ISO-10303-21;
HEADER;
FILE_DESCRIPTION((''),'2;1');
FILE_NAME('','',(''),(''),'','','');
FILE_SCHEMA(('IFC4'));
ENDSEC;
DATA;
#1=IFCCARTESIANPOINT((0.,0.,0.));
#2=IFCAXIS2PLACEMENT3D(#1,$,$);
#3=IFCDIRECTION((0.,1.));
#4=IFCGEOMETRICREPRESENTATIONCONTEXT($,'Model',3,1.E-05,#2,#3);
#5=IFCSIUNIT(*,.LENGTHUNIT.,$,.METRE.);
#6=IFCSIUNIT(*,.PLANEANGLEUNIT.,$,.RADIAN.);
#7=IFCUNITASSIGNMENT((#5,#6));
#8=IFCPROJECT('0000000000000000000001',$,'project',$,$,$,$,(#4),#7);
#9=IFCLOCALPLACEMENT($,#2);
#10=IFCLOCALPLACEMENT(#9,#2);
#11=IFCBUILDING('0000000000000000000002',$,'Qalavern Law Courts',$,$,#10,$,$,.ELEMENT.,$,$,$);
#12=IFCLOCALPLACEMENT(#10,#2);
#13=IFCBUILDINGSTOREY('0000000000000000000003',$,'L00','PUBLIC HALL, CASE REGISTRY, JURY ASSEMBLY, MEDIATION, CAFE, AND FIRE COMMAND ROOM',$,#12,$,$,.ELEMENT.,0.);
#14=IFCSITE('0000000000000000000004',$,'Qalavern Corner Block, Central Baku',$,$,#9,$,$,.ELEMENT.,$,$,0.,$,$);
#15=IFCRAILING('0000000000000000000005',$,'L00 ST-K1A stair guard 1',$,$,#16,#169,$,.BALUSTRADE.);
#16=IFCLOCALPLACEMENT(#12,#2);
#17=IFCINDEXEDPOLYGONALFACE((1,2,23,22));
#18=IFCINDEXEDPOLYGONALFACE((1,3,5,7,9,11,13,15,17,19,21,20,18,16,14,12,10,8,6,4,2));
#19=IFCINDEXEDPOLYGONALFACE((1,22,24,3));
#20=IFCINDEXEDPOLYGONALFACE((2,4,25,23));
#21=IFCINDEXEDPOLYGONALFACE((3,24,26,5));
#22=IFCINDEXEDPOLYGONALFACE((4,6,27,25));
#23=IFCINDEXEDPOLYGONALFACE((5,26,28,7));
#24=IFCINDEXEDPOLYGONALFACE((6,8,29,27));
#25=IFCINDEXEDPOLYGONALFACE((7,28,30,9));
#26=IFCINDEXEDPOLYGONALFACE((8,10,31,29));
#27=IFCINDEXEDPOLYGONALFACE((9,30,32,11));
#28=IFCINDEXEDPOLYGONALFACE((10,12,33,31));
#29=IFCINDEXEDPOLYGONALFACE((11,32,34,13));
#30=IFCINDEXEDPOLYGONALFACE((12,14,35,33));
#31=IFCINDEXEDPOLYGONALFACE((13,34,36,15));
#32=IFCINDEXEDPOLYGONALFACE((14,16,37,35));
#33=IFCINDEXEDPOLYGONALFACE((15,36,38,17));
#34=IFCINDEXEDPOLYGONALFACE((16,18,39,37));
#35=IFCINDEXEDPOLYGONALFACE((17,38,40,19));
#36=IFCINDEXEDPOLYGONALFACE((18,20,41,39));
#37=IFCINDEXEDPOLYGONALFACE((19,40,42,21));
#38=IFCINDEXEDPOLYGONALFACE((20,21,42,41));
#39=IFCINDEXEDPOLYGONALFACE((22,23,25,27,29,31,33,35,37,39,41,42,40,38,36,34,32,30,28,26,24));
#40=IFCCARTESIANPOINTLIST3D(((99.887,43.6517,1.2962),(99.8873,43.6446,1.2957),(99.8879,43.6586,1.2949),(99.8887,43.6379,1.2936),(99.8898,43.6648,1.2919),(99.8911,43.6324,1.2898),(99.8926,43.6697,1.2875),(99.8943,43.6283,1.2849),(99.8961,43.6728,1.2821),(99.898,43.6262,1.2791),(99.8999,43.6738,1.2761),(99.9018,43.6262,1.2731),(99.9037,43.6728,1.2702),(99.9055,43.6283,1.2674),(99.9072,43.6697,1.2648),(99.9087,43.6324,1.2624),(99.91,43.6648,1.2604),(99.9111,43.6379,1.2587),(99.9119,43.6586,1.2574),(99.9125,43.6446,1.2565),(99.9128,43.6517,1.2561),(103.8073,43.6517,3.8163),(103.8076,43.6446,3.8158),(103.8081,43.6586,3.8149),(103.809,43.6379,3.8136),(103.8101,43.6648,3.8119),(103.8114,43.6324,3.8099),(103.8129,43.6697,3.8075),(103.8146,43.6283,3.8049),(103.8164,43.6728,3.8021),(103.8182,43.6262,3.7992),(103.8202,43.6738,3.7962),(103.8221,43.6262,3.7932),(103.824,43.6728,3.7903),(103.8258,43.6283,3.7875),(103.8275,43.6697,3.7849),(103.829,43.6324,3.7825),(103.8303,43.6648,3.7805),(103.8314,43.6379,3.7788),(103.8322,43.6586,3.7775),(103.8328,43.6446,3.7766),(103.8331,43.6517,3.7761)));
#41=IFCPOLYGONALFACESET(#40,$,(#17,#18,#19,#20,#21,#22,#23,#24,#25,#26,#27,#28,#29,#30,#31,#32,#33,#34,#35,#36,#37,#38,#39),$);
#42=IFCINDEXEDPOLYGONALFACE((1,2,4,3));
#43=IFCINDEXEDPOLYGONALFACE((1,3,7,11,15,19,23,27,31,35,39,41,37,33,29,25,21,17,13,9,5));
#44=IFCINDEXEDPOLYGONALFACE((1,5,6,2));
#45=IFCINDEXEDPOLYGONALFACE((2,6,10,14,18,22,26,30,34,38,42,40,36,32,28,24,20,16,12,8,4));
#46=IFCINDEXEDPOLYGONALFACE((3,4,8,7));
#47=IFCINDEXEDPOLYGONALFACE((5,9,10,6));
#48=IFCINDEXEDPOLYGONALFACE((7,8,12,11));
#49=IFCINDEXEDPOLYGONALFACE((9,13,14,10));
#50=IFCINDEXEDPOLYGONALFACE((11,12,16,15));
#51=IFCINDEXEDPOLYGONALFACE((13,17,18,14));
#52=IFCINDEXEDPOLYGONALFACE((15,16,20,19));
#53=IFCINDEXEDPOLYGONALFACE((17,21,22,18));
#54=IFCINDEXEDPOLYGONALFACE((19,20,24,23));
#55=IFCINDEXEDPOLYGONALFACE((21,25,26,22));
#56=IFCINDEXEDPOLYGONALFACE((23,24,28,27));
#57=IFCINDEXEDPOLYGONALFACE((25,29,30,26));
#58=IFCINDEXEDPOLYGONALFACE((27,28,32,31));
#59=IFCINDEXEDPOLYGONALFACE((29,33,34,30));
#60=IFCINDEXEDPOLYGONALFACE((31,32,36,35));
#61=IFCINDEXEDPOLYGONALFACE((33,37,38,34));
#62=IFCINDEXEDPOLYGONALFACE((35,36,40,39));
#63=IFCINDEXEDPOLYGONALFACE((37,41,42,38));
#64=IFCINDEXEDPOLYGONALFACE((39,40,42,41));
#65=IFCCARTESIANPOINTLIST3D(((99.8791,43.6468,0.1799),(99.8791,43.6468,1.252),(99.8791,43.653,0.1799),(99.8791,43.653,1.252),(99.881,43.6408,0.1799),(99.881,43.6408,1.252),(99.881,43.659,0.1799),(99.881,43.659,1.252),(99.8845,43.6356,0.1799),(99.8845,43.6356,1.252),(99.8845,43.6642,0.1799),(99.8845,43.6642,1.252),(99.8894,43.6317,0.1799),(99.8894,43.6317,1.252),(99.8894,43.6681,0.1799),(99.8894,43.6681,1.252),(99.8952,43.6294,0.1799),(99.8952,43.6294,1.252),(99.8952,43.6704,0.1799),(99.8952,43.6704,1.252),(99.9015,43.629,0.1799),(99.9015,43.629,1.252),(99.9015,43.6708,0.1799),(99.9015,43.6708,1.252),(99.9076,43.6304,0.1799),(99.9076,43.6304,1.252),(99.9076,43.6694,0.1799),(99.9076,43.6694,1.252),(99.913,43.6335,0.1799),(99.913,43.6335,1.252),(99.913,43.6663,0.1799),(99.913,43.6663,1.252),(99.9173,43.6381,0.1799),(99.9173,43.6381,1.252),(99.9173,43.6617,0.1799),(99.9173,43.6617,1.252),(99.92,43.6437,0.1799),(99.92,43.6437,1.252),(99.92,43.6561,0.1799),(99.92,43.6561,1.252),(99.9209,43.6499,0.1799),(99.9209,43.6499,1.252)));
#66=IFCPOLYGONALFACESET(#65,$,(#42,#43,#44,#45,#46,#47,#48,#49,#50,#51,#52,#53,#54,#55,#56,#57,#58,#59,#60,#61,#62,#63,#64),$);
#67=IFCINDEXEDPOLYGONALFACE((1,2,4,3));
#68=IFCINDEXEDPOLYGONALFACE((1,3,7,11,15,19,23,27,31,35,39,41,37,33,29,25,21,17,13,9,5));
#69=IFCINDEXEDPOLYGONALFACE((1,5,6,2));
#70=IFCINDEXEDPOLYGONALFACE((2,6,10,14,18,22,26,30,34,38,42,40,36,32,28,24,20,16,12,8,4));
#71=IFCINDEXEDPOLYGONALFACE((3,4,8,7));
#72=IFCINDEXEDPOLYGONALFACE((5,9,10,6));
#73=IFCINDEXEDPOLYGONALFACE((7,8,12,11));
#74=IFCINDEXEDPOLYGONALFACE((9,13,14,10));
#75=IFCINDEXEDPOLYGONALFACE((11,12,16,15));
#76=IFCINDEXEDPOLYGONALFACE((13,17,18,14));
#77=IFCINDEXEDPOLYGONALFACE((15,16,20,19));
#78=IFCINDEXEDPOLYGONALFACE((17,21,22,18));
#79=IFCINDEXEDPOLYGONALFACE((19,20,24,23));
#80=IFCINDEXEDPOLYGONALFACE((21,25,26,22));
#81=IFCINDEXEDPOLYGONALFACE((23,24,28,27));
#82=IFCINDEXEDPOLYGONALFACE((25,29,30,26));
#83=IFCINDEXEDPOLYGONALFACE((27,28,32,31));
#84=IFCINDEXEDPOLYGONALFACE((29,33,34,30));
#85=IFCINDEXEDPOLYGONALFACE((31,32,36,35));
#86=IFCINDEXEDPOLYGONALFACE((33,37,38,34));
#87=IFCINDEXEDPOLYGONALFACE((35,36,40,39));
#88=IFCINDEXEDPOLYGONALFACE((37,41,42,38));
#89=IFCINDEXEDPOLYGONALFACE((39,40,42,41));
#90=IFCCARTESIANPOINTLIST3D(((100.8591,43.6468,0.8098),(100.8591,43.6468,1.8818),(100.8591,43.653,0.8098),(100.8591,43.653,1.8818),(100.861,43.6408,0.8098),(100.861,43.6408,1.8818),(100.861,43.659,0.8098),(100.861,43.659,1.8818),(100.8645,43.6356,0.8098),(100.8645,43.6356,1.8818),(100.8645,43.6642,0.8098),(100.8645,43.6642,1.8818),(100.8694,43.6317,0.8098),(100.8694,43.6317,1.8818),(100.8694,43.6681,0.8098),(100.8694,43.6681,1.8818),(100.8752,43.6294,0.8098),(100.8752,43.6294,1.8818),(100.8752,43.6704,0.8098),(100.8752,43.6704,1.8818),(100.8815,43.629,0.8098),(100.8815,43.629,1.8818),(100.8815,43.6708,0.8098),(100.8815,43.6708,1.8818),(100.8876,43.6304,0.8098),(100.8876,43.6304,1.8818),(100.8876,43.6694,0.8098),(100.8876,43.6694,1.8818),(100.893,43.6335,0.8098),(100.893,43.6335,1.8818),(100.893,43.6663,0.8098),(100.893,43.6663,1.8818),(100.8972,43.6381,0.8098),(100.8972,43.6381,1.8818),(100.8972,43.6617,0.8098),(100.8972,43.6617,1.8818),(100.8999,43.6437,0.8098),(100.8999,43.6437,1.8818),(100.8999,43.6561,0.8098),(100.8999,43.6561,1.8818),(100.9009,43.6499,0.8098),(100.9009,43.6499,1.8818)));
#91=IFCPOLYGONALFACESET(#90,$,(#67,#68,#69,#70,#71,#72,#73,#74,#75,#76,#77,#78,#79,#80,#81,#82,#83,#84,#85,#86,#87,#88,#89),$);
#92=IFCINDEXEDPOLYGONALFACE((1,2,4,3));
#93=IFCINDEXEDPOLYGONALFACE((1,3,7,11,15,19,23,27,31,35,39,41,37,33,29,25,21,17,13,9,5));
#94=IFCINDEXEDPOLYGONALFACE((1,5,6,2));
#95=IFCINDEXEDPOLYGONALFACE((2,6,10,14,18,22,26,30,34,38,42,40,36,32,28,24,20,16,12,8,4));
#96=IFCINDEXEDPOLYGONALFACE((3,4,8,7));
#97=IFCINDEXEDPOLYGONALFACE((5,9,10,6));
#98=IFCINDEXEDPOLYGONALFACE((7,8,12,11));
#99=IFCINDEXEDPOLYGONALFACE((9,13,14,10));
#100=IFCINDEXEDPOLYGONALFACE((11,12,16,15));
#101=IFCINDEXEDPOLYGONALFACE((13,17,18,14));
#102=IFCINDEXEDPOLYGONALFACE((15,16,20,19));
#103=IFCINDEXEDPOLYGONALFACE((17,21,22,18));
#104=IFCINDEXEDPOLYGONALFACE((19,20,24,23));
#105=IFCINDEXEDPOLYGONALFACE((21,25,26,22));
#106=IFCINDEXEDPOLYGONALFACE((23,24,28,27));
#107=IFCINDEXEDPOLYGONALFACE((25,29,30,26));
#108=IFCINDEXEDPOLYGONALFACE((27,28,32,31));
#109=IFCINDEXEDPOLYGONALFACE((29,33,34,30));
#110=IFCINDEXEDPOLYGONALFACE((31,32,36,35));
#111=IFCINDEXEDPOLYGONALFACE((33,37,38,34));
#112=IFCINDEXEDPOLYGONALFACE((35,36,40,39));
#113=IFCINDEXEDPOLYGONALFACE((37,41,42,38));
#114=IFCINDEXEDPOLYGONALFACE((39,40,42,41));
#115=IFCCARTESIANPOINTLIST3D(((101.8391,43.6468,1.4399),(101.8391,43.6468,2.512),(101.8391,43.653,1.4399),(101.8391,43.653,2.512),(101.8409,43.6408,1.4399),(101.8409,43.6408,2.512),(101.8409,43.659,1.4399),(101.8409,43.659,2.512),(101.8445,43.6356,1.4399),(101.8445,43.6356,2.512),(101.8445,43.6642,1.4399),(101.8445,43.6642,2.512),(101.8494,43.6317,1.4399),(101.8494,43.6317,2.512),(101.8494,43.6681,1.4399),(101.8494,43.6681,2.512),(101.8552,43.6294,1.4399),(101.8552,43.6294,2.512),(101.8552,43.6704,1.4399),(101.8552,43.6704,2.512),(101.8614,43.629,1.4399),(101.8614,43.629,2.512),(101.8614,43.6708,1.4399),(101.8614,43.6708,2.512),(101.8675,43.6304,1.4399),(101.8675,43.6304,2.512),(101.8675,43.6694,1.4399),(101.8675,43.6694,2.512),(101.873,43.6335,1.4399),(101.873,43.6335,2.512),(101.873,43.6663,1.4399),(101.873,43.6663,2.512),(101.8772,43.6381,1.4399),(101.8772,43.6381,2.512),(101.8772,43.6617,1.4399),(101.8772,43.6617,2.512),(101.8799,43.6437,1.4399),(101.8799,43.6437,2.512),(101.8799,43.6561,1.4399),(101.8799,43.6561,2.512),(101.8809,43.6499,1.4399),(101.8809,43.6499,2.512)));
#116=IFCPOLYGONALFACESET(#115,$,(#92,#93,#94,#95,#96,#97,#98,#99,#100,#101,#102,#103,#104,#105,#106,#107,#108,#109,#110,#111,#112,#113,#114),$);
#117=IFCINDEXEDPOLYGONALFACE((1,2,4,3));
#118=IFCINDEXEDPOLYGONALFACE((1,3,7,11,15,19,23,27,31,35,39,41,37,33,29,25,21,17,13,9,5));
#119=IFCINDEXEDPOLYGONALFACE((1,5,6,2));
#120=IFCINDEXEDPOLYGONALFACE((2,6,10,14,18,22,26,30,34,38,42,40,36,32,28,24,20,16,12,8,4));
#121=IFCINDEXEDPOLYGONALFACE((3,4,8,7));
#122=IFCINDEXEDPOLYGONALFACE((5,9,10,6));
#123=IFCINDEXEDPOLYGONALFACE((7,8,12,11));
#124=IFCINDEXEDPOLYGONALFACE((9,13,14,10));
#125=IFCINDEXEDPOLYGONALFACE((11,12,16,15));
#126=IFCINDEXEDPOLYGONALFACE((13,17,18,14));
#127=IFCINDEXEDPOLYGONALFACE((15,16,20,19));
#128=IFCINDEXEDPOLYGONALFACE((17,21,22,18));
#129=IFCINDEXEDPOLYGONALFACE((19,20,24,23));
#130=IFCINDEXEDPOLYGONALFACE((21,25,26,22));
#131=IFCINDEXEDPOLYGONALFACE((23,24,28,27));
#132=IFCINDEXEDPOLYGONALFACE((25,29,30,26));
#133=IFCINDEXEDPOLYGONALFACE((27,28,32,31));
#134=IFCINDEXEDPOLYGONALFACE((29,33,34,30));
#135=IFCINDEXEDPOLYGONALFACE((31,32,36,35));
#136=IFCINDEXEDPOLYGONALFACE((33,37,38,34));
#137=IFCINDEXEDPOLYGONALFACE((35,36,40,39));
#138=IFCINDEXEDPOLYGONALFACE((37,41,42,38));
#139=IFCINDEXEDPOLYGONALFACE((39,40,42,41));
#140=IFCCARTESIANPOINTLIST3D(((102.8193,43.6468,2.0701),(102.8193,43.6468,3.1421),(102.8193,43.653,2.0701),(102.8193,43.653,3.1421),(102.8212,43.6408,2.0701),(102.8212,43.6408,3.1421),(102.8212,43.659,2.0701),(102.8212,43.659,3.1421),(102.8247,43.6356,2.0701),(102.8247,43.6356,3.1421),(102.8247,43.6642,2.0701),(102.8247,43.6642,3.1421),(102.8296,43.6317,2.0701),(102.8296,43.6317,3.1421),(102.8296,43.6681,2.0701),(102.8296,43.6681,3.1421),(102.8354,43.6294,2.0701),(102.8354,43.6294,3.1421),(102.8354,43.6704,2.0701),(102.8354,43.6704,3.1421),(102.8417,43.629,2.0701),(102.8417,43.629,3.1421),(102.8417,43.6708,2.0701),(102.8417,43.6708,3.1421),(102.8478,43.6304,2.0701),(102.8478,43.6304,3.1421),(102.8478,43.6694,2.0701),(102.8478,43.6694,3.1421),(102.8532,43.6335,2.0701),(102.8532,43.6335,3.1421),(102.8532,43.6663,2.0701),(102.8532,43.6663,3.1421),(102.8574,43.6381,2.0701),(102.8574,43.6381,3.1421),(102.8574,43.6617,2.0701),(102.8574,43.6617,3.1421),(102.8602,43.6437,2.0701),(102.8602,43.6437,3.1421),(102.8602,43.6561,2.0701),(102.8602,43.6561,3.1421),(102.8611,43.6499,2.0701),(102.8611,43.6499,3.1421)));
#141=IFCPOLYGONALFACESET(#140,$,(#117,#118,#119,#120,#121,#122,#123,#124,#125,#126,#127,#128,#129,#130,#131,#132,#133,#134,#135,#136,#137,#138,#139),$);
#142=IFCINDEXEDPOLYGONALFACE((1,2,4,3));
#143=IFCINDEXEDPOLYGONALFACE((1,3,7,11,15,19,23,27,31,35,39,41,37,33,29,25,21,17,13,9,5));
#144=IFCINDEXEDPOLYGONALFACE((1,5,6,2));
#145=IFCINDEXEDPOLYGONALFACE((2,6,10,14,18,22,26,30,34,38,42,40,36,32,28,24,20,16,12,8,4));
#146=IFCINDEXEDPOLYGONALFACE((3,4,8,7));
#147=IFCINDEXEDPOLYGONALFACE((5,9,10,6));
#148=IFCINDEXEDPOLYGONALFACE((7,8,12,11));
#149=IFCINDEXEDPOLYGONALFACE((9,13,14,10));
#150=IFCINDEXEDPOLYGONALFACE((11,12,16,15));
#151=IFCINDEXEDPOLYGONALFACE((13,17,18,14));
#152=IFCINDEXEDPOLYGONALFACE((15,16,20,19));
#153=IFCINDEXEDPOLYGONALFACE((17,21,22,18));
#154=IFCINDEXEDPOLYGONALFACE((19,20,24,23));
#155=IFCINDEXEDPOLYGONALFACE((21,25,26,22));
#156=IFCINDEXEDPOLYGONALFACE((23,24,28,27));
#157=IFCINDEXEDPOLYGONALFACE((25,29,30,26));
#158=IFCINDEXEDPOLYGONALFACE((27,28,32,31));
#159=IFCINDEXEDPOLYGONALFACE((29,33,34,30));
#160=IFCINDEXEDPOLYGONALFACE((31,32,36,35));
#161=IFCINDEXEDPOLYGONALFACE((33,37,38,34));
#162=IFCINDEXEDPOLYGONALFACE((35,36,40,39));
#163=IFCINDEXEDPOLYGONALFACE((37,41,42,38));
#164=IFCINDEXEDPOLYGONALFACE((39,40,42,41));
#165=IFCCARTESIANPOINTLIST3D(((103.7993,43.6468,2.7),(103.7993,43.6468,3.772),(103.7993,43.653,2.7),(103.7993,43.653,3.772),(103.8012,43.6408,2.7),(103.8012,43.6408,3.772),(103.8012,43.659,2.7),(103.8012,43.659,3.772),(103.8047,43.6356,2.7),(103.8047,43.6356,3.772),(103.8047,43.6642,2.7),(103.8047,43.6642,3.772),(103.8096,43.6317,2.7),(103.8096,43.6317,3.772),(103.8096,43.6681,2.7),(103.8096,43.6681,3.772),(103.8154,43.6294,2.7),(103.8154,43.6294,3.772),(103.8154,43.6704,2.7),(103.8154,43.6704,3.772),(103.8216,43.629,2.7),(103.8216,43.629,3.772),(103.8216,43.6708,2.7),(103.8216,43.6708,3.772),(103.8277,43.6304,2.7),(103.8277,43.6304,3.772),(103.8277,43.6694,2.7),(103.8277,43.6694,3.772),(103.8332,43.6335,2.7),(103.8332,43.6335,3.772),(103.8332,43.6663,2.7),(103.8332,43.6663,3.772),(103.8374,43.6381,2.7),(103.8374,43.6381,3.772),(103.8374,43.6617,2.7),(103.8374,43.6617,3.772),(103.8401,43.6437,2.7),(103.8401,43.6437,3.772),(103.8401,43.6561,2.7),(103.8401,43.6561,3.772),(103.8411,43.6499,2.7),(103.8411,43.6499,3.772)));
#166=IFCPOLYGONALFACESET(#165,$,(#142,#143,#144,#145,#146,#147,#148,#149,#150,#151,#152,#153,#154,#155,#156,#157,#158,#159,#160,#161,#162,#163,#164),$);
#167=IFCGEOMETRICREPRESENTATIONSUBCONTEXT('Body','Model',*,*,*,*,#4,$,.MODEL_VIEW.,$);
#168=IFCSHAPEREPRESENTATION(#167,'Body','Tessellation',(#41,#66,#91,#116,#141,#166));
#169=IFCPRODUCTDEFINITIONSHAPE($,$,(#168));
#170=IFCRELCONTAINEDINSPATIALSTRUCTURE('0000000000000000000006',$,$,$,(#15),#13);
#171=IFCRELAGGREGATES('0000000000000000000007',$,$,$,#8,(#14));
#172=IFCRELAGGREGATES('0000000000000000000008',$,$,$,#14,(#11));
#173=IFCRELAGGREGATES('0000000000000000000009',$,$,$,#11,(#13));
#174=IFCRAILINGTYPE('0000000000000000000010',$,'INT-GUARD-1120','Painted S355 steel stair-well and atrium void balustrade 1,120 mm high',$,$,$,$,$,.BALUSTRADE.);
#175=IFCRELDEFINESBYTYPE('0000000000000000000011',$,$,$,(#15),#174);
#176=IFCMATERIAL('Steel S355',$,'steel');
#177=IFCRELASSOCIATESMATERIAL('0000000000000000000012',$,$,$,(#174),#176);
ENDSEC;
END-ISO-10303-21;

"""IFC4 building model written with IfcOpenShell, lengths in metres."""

from ifc_helpers import new_model, si_unit, direction, frame, origin, origin_2d, place, context, subcontext, project, spatial, circle, extrude, material, type_object, element, save


model = new_model("IFC4")

# Units and contexts
model_context = context("Model", 3, precision=1e-05, world=origin(), true_north=direction((0.0, 1.0)))
body_context = subcontext(model_context, "Body", "Model", "MODEL_VIEW")
ifc_project = project(units=[si_unit("LENGTHUNIT", "METRE"), si_unit("PLANEANGLEUNIT", "RADIAN")], contexts=[model_context])

# Site, building, storey
site_placement = place(None, origin())
site = spatial("IfcSite", under=ifc_project, at=site_placement, Name="Qalavern Corner Block, Central Baku", CompositionType="ELEMENT", RefElevation=0.0)
building_placement = place(site_placement, origin())
building = spatial("IfcBuilding", under=site, at=building_placement, Name="Qalavern Law Courts", CompositionType="ELEMENT")
storey_placement = place(building_placement, origin())
storey = spatial("IfcBuildingStorey", under=building, at=storey_placement, Name="L00", Description="PUBLIC HALL, CASE REGISTRY, JURY ASSEMBLY, MEDIATION, CAFE, AND FIRE COMMAND ROOM", CompositionType="ELEMENT", Elevation=0.0)

# Shared definitions
ifc_material_1 = material(Name="Steel S355", Category="steel")

# Railing
railing_type_1 = type_object("IfcRailingType", Name="INT-GUARD-1120", Description="Painted S355 steel stair-well and atrium void balustrade 1,120 mm high", PredefinedType="BALUSTRADE", material=ifc_material_1)
railing_1_placement = place(storey_placement, frame((99.8999, 43.6499, 0.1799)))
element("IfcRailing", 1, at=railing_1_placement, inside=storey, type_object=railing_type_1, Name="L00 ST-K1A stair guard 1", PredefinedType="BALUSTRADE", context=body_context, shape_type="SweptSolid", body=[
    extrude(circle(Radius=0.0239, at=origin_2d()), frame((0.0, 0.0, 1.0962), z_axis=(0.841187, 0.0, 0.540744), x_axis=(0.0, 1.0, 0.0)), (0.0, 0.0, 1.0), 4.6604),
    extrude(circle(Radius=0.021, at=origin_2d()), origin(), (0.0, 0.0, 1.0), 1.072),
    extrude(circle(Radius=0.021, at=origin_2d()), frame((0.98, 0.0, 0.6299)), (0.0, 0.0, 1.0), 1.072),
    extrude(circle(Radius=0.021, at=origin_2d()), frame((1.96, 0.0, 1.26)), (0.0, 0.0, 1.0), 1.072),
    extrude(circle(Radius=0.021, at=origin_2d()), frame((2.9402, 0.0, 1.8901)), (0.0, 0.0, 1.0), 1.072),
    extrude(circle(Radius=0.021, at=origin_2d()), frame((3.9202, 0.0, 2.52)), (0.0, 0.0, 1.0), 1.072),
])

save(model, "model.ifc")
